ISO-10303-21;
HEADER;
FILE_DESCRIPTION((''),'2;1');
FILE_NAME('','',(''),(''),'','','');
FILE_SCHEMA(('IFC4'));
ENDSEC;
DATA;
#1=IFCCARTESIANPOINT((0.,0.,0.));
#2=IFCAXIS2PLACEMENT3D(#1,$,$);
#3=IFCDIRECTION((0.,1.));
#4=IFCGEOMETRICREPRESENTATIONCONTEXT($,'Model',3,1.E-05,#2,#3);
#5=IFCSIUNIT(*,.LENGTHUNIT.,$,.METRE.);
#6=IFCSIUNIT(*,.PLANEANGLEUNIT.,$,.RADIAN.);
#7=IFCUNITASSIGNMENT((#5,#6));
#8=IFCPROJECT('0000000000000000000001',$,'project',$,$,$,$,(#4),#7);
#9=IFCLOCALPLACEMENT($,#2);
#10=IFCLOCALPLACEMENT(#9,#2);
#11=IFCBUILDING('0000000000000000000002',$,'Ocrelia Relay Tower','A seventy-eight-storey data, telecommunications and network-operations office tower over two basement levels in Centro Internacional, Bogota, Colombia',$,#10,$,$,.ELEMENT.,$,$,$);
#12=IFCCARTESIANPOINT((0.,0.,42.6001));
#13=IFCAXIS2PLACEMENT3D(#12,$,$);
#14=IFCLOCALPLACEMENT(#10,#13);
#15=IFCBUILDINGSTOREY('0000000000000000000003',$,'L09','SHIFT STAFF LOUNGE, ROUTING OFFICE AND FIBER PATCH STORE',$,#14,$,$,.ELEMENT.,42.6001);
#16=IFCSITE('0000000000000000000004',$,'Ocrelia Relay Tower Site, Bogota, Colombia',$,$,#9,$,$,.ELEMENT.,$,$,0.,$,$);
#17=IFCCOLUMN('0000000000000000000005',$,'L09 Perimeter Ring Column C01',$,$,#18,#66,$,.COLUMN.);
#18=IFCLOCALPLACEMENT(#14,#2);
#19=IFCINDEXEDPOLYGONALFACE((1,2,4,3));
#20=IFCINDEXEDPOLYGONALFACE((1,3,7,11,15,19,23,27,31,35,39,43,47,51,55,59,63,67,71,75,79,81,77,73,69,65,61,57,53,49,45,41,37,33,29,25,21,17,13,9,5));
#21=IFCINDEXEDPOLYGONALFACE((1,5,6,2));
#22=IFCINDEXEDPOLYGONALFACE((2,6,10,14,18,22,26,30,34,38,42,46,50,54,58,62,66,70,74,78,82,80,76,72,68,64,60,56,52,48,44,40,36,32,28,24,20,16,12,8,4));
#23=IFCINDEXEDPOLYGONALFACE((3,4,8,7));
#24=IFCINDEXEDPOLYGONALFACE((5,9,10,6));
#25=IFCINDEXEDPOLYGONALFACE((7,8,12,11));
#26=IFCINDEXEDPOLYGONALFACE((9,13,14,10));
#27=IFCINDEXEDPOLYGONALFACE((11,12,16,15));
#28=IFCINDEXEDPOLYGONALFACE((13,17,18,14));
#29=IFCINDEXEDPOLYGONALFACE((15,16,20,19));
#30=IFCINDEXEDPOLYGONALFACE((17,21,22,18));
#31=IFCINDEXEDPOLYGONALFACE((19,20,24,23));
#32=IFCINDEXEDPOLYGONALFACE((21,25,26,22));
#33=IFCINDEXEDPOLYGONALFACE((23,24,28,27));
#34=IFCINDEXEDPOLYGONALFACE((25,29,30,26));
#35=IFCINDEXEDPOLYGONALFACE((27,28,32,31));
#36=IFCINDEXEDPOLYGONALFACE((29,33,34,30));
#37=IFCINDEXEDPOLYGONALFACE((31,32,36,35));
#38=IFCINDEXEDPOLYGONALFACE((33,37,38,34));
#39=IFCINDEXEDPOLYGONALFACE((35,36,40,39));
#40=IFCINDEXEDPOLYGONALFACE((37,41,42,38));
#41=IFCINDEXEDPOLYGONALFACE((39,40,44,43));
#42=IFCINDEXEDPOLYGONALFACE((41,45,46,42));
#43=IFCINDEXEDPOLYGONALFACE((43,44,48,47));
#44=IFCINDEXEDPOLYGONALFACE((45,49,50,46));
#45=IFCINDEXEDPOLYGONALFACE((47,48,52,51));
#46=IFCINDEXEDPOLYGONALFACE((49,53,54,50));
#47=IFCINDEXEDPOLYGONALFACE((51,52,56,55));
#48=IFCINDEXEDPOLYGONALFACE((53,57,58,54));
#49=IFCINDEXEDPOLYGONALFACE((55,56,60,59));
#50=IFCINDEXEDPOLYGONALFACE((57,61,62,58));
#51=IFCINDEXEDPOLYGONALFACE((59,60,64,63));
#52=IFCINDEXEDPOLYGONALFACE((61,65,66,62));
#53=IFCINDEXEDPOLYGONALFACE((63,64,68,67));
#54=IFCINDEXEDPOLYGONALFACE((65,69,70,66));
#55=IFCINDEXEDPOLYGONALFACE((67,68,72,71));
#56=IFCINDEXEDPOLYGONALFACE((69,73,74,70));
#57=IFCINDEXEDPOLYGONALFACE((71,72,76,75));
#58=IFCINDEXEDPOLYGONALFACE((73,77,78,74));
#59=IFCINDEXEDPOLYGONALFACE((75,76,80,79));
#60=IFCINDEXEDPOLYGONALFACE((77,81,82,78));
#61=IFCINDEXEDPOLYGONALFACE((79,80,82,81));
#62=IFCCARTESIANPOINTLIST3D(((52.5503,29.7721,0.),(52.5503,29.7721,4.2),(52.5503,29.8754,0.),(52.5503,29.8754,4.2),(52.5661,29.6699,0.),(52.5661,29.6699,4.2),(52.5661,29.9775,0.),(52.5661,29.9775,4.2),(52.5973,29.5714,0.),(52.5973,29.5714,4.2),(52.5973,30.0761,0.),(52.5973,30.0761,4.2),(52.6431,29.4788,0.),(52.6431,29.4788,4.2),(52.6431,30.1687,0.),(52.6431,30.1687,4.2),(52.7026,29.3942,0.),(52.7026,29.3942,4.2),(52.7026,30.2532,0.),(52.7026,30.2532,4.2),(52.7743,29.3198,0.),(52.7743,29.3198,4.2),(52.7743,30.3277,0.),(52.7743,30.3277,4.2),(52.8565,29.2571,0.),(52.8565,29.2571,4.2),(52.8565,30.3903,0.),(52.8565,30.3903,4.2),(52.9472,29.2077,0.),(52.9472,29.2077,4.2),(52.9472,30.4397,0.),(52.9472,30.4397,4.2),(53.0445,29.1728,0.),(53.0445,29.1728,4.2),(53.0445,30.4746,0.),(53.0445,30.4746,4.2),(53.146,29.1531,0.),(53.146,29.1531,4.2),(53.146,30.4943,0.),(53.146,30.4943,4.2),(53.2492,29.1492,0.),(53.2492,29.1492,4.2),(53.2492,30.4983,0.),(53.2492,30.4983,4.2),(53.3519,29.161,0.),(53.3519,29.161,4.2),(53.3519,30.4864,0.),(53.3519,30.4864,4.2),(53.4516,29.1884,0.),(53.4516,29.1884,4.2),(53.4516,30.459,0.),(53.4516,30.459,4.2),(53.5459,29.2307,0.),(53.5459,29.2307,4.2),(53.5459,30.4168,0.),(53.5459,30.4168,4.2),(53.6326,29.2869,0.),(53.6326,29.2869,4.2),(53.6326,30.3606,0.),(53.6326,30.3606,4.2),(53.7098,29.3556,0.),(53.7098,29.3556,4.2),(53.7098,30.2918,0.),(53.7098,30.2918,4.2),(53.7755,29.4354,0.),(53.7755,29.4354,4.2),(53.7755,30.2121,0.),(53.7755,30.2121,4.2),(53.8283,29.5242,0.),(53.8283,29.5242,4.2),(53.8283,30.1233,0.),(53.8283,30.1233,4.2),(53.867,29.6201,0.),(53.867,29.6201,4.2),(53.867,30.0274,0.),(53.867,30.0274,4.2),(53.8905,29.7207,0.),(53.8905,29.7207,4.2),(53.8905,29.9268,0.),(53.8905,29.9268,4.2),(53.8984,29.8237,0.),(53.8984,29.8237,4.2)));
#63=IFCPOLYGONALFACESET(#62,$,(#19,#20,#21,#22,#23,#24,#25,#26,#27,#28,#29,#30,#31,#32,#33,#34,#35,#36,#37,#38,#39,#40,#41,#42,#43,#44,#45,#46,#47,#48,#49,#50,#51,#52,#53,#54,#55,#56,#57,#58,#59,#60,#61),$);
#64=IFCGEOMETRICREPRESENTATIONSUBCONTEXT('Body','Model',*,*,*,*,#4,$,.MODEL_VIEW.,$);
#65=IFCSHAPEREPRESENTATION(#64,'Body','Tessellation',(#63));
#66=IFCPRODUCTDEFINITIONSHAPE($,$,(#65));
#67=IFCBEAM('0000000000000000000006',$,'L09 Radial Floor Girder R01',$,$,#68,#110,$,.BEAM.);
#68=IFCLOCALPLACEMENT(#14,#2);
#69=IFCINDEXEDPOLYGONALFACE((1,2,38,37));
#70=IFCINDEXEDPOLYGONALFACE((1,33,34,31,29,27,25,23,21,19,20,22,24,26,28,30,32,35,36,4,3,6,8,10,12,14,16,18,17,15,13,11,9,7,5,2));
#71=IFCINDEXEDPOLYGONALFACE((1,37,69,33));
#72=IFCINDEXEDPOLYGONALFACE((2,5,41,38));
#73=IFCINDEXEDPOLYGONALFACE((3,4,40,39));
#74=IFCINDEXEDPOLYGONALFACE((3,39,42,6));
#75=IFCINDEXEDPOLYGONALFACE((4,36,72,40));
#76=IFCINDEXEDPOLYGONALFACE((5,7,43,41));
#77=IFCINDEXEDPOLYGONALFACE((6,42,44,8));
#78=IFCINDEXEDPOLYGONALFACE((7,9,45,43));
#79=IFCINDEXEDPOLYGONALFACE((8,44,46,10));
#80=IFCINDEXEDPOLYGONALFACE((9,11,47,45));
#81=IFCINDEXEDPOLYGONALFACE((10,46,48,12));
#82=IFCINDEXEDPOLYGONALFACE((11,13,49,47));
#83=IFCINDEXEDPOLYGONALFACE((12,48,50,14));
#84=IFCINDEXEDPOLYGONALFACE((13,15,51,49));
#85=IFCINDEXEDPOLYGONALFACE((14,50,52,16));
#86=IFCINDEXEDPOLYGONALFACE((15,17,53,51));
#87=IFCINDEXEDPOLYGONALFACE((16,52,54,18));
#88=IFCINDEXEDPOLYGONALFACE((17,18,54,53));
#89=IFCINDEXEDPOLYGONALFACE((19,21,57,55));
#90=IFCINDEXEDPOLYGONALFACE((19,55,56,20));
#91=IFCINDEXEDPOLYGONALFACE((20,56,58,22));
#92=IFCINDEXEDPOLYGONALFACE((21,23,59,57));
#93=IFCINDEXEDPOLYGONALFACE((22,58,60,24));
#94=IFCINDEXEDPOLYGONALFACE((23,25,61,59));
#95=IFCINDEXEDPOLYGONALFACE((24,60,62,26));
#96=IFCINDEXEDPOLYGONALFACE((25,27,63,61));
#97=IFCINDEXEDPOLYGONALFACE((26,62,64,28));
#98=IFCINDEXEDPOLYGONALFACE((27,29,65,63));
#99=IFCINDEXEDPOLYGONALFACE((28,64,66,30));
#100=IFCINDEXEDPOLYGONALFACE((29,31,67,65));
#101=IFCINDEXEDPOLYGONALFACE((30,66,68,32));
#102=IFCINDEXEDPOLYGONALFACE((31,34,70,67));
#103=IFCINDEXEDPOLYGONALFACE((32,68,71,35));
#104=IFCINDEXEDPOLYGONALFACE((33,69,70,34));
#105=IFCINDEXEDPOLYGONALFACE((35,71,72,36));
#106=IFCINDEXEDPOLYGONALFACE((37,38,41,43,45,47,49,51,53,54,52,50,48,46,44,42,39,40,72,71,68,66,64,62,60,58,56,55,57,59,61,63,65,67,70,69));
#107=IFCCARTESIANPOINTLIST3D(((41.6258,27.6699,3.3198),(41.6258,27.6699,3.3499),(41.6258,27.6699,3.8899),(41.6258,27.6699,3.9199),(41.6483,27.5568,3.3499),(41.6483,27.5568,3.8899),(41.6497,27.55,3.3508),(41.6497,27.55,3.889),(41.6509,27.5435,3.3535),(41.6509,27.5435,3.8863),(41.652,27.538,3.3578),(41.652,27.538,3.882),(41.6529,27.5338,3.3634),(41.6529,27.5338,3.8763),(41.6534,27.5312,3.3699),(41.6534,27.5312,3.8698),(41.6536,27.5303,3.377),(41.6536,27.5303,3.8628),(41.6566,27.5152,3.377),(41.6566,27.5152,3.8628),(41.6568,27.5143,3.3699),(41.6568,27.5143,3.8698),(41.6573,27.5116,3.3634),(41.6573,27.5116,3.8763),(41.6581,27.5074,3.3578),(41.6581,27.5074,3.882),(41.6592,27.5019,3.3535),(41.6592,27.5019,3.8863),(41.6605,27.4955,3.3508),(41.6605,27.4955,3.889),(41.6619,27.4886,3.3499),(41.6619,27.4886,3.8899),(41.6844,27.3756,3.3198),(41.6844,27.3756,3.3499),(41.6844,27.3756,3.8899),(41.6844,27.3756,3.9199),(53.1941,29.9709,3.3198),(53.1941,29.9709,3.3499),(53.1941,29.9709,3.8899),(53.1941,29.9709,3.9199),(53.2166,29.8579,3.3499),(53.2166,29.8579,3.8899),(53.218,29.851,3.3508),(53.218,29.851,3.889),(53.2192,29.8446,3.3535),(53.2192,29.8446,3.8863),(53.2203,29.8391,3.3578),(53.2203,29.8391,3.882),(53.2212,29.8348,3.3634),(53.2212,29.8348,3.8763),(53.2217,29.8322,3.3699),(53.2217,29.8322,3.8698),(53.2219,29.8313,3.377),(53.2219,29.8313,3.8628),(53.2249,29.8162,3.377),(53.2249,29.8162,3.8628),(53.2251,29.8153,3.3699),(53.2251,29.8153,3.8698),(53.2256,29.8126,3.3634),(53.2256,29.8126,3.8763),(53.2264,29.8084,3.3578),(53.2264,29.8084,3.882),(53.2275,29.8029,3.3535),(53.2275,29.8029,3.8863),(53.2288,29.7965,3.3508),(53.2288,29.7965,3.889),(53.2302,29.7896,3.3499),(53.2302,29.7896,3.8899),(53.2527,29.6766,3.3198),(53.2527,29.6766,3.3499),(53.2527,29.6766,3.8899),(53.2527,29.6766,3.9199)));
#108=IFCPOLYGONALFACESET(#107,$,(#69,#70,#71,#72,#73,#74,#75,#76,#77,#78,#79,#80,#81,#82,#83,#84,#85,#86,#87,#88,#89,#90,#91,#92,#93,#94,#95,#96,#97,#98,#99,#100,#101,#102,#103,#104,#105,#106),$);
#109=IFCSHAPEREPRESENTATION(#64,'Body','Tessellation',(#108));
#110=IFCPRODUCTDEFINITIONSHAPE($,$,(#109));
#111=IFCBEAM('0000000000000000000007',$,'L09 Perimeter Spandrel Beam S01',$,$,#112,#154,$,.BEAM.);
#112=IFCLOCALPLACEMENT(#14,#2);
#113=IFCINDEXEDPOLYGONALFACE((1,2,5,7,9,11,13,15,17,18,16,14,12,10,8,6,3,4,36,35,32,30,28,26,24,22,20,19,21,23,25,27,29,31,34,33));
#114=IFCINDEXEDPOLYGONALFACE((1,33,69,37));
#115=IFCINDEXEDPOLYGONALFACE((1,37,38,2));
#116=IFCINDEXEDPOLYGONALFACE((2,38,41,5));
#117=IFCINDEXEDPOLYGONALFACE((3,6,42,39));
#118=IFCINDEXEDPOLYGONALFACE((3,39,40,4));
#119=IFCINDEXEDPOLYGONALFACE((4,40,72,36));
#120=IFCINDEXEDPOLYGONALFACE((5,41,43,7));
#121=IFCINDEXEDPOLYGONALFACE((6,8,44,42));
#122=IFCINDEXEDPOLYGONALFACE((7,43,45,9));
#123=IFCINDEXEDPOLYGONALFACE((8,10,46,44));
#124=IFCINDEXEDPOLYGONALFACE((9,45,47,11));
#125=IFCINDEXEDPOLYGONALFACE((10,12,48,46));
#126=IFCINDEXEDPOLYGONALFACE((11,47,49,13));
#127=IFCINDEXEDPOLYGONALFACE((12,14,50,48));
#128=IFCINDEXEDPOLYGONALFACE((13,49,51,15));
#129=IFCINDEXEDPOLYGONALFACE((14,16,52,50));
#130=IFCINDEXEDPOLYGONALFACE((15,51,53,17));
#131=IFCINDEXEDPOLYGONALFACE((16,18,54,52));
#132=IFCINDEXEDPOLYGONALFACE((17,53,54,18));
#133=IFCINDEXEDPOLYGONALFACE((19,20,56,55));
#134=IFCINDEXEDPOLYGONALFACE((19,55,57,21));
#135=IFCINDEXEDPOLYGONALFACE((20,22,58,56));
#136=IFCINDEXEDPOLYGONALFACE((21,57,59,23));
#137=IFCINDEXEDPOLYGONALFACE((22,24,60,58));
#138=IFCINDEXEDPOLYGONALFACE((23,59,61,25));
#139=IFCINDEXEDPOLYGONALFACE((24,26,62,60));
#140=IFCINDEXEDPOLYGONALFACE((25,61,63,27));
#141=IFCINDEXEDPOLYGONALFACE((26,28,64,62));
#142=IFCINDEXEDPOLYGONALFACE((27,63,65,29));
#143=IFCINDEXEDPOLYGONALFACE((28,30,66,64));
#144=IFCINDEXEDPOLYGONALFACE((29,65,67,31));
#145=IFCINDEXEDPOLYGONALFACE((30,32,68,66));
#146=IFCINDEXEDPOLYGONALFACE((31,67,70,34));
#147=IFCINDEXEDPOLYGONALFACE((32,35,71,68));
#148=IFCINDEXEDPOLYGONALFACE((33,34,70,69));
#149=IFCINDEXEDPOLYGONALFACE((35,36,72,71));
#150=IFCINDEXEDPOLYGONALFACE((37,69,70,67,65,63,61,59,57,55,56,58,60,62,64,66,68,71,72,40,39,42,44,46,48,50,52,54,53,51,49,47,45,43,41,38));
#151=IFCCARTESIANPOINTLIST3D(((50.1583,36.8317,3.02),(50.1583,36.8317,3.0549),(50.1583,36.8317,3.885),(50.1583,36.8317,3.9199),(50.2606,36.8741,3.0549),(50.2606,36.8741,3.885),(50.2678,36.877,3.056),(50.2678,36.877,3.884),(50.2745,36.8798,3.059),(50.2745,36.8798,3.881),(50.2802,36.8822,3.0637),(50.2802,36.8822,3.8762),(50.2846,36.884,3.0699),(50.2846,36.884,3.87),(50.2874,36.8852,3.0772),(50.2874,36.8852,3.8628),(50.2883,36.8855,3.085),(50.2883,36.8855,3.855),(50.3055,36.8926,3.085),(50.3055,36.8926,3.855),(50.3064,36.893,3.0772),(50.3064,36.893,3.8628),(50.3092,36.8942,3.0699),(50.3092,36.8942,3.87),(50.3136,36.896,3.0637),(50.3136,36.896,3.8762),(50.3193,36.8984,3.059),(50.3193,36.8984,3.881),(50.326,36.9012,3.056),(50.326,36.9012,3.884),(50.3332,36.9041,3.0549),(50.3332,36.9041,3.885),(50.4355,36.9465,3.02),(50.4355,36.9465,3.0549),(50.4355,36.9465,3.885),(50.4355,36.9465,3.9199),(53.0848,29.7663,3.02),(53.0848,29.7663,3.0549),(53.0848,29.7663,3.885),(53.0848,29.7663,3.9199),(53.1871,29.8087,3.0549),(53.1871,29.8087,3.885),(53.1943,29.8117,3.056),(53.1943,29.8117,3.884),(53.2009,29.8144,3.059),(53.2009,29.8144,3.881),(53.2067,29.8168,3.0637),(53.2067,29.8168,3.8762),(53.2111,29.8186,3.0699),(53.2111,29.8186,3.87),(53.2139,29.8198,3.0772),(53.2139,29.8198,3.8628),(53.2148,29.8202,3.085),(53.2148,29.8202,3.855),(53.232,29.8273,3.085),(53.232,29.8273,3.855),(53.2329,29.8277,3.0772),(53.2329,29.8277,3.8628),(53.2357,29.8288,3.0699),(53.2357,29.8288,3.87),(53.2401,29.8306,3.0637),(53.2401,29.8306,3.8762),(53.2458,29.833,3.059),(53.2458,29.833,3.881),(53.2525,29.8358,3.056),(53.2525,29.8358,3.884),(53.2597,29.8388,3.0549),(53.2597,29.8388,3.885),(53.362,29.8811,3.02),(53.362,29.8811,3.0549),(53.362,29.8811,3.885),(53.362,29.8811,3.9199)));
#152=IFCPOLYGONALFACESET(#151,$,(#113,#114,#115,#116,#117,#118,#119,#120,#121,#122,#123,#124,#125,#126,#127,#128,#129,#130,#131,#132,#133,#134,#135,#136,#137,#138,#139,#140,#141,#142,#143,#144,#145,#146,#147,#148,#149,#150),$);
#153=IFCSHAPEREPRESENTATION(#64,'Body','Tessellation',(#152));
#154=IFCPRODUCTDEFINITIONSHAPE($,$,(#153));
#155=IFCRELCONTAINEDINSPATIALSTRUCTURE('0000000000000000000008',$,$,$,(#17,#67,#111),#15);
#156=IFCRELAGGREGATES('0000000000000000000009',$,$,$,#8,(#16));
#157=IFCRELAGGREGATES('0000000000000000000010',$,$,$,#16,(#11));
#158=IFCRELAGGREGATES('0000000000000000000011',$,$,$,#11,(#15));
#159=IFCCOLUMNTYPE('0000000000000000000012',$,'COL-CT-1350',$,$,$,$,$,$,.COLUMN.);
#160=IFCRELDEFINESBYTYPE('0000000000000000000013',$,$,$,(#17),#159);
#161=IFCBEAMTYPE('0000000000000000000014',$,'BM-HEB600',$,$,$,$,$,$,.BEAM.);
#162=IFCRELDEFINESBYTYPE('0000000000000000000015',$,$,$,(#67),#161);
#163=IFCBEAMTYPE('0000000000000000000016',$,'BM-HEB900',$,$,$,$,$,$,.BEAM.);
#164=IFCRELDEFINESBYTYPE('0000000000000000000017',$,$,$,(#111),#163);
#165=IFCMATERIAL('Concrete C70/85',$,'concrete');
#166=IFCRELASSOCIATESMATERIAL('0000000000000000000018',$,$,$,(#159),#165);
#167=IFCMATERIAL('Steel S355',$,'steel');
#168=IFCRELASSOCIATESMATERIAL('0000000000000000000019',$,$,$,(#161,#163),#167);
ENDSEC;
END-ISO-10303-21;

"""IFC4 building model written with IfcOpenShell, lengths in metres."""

from ifc_helpers import new_model, si_unit, direction, frame, origin, origin_2d, place, context, subcontext, project, spatial, circle, i_section, extrude, material, material_profile, profile_set, type_object, element, save


model = new_model("IFC4")

# Units and contexts
model_context = context("Model", 3, precision=1e-05, world=origin(), true_north=direction((0.0, 1.0)))
body_context = subcontext(model_context, "Body", "Model", "MODEL_VIEW")
ifc_project = project(units=[si_unit("LENGTHUNIT", "METRE"), si_unit("PLANEANGLEUNIT", "RADIAN")], contexts=[model_context])

# Site, building, storey
site_placement = place(None, origin())
site = spatial("IfcSite", under=ifc_project, at=site_placement, Name="Ocrelia Relay Tower Site, Bogota, Colombia", CompositionType="ELEMENT", RefElevation=0.0)
building_placement = place(site_placement, origin())
building = spatial("IfcBuilding", under=site, at=building_placement, Name="Ocrelia Relay Tower", Description="A seventy-eight-storey data, telecommunications and network-operations office tower over two basement levels in Centro Internacional, Bogota, Colombia", CompositionType="ELEMENT")
storey_placement = place(building_placement, frame((0.0, 0.0, 42.6001)))
storey = spatial("IfcBuildingStorey", under=building, at=storey_placement, Name="L09", Description="SHIFT STAFF LOUNGE, ROUTING OFFICE AND FIBER PATCH STORE", CompositionType="ELEMENT", Elevation=42.6001)

# Column
ifc_material_1 = material(Name="Concrete C70/85", Category="concrete")
ifc_material_profile_1 = material_profile(ifc_material_1, circle(Radius=0.675, at=origin_2d()), Name="RC-CIR-1350")
ifc_profile_set_1 = profile_set([ifc_material_profile_1], Name="Concrete C70/85")
column_type = type_object("IfcColumnType", Name="COL-CT-1350", PredefinedType="COLUMN", material=ifc_profile_set_1)
column_placement = place(storey_placement, frame((53.2234, 29.8237, 0.0), z_axis=(0.0, 0.0, 1.0), x_axis=(1.0, 0.0, 0.0)))
element("IfcColumn", 1, at=column_placement, inside=storey, type_object=column_type, Name="L09 Perimeter Ring Column C01", PredefinedType="COLUMN", context=body_context, shape_type="SweptSolid", body=[
    extrude(circle(Radius=0.675, at=origin_2d()), origin(), (0.0, 0.0, 1.0), 4.2),
])

# Beams
ifc_material_2 = material(Name="Steel S355", Category="steel")
ifc_material_profile_2 = material_profile(ifc_material_2, i_section(OverallWidth=0.3, OverallDepth=0.6001, WebThickness=0.0154, FlangeThickness=0.03, FilletRadius=0.0271, at=origin_2d()), Name="HEB 600")
ifc_profile_set_2 = profile_set([ifc_material_profile_2], Name="Steel S355")
beam_type_1 = type_object("IfcBeamType", Name="BM-HEB600", PredefinedType="BEAM", material=ifc_profile_set_2)
beam_1_placement = place(storey_placement, frame((53.2234, 29.8237, 3.6199), z_axis=(-0.980786, -0.195085, 0.0), x_axis=(0.195085, -0.980786, 0.0)))
element("IfcBeam", 2, at=beam_1_placement, inside=storey, type_object=beam_type_1, Name="L09 Radial Floor Girder R01", PredefinedType="BEAM", context=body_context, shape_type="SweptSolid", body=[
    extrude(i_section(OverallWidth=0.3, OverallDepth=0.6001, WebThickness=0.0154, FlangeThickness=0.03, FilletRadius=0.0271, at=origin_2d()), origin(), (0.0, 0.0, 1.0), 11.7949),
])
ifc_material_profile_3 = material_profile(ifc_material_2, i_section(OverallWidth=0.3, OverallDepth=0.8999, WebThickness=0.0186, FlangeThickness=0.0349, FilletRadius=0.03, at=origin_2d()), Name="HEB 900")
ifc_profile_set_3 = profile_set([ifc_material_profile_3], Name="Steel S355")
beam_type_2 = type_object("IfcBeamType", Name="BM-HEB900", PredefinedType="BEAM", material=ifc_profile_set_3)
beam_2_placement = place(storey_placement, frame((53.2234, 29.8237, 3.47), z_axis=(-0.382674, 0.923883, 0.0), x_axis=(-0.923883, -0.382674, 0.0)))
element("IfcBeam", 3, at=beam_2_placement, inside=storey, type_object=beam_type_2, Name="L09 Perimeter Spandrel Beam S01", PredefinedType="BEAM", context=body_context, shape_type="SweptSolid", body=[
    extrude(i_section(OverallWidth=0.3, OverallDepth=0.8999, WebThickness=0.0186, FlangeThickness=0.0349, FilletRadius=0.03, at=origin_2d()), origin(), (0.0, 0.0, 1.0), 7.6475),
])

save(model, "model.ifc")
